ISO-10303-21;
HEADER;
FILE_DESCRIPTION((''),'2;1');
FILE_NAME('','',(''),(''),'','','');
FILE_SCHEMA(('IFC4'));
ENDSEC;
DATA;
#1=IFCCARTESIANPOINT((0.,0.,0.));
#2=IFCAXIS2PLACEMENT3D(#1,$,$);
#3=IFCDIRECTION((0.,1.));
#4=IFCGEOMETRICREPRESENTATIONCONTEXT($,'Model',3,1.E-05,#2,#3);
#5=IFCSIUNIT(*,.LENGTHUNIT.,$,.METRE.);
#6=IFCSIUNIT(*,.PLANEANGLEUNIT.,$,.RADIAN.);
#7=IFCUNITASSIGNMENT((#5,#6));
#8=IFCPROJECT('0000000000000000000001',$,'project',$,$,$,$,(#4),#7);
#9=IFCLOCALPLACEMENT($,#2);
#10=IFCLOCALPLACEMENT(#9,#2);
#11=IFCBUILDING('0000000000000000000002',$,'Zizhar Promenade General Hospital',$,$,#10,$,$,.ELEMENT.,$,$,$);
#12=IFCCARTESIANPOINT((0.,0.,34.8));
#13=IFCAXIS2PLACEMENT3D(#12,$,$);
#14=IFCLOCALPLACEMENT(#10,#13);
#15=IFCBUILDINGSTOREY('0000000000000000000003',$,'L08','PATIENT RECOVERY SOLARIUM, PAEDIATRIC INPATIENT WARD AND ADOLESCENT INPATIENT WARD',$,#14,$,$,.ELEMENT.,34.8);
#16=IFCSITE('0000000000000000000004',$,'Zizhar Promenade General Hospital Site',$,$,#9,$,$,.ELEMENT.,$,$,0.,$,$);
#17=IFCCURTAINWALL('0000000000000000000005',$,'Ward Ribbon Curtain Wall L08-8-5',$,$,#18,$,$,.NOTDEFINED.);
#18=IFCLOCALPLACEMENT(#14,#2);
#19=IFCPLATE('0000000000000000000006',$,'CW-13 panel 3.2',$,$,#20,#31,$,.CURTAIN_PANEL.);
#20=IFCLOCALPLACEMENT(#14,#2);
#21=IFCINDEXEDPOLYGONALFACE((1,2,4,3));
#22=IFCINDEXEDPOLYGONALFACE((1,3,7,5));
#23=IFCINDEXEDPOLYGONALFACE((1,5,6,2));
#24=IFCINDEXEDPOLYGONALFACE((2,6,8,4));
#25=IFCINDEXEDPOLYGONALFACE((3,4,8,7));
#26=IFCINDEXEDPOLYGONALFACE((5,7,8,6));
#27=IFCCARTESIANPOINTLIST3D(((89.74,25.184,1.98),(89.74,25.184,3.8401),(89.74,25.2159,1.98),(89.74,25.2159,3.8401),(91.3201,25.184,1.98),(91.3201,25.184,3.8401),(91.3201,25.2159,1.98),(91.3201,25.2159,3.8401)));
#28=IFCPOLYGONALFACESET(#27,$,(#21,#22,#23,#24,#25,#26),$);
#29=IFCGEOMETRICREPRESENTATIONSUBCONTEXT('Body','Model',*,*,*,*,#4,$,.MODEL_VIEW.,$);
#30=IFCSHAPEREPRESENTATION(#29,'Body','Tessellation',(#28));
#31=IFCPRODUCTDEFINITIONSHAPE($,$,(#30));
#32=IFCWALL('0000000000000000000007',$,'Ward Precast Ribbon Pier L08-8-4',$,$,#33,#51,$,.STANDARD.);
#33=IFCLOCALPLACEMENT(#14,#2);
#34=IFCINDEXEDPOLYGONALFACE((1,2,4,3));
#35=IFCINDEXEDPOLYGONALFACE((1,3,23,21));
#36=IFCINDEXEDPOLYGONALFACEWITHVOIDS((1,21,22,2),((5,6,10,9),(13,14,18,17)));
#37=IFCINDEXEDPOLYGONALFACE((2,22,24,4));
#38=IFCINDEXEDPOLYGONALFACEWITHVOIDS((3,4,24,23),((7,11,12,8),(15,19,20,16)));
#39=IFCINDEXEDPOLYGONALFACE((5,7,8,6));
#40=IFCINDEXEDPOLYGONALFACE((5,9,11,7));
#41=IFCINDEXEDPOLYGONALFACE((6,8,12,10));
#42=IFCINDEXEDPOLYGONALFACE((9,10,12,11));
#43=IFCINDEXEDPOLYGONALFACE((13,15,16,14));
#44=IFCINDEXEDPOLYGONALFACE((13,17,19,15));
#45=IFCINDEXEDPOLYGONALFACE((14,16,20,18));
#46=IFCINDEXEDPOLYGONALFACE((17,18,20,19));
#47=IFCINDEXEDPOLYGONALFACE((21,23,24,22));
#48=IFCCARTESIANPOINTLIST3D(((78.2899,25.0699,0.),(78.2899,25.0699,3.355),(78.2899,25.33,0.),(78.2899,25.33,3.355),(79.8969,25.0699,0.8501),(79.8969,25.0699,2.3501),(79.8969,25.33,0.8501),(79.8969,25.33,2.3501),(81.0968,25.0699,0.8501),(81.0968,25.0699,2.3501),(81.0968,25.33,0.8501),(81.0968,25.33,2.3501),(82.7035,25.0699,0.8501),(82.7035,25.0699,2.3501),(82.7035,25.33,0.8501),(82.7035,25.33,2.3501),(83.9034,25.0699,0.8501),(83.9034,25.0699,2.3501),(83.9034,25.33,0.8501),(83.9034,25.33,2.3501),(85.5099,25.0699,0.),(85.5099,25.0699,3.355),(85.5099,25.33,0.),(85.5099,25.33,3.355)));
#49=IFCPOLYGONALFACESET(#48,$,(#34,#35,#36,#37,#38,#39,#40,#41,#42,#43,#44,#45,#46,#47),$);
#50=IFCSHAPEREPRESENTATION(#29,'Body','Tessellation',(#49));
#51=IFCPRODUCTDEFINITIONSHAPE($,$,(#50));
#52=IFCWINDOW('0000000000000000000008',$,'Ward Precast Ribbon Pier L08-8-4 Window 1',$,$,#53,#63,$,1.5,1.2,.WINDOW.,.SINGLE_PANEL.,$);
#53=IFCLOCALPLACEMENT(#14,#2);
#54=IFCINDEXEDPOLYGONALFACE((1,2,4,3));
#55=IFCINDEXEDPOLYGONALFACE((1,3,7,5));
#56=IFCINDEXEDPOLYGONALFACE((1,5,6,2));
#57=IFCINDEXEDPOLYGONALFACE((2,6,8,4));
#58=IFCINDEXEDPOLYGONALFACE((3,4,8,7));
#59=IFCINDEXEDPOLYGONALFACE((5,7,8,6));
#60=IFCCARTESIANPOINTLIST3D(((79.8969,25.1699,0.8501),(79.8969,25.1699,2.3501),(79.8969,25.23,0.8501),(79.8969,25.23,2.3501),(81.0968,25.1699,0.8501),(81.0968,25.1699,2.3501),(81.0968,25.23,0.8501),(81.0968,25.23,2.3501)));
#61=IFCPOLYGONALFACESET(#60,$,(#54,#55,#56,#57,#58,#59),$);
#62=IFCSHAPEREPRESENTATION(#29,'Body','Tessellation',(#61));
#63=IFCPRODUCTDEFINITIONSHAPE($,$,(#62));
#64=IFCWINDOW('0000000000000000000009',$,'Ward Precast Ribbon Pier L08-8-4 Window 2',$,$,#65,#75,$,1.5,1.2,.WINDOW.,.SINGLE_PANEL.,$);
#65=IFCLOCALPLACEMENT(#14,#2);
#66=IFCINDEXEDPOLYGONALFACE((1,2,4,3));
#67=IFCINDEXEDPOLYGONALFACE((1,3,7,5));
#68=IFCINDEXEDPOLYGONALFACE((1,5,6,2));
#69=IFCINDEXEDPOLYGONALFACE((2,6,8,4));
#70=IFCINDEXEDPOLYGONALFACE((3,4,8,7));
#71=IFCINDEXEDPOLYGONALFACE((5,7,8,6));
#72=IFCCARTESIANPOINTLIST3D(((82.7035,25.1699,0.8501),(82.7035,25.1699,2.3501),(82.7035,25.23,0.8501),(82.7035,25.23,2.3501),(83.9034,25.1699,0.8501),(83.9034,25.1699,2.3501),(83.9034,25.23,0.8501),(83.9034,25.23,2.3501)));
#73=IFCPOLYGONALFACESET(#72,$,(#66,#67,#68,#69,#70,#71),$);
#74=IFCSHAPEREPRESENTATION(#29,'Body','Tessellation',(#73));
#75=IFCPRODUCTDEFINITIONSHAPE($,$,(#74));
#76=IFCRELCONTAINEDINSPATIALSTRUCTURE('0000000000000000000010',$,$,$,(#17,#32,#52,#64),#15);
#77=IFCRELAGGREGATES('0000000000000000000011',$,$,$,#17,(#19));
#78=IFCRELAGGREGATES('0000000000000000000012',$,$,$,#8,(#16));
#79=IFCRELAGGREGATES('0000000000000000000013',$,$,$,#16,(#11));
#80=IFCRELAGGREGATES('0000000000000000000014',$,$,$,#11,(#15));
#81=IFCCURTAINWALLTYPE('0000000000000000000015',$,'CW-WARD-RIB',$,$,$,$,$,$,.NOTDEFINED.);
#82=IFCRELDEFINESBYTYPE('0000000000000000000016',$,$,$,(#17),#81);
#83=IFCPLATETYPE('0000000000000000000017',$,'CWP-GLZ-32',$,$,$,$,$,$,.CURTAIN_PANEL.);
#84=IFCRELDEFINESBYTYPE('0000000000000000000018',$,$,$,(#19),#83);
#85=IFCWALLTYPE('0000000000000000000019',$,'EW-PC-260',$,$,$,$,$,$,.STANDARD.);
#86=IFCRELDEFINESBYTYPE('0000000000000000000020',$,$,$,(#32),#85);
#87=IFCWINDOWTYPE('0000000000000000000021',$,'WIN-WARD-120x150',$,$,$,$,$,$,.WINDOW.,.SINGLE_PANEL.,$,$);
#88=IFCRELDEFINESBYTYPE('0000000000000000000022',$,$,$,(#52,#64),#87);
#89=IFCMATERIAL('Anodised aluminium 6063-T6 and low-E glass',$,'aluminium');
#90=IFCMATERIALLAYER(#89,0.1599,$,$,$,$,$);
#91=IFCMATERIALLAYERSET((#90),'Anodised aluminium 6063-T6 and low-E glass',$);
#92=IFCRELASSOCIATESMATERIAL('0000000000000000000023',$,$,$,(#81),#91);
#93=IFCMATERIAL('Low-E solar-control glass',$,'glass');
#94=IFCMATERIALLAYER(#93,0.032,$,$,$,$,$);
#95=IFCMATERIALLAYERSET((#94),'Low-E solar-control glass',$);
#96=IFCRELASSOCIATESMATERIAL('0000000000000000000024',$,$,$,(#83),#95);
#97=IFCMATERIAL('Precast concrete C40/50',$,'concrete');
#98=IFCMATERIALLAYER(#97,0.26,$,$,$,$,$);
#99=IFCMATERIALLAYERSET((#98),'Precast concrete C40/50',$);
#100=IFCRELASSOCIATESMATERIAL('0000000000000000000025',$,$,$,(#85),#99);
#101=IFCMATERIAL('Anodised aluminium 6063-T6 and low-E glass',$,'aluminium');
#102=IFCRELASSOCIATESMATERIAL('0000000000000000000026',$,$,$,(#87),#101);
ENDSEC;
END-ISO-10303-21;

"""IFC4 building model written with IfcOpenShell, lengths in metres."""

from ifc_helpers import new_model, si_unit, direction, frame, frame_2d, origin, origin_2d, place, context, subcontext, project, spatial, rectangle, extrude, material, layer, layer_set, type_object, element, fill, aggregate, save


model = new_model("IFC4")

# Units and contexts
model_context = context("Model", 3, precision=1e-05, world=origin(), true_north=direction((0.0, 1.0)))
body_context = subcontext(model_context, "Body", "Model", "MODEL_VIEW")
ifc_project = project(units=[si_unit("LENGTHUNIT", "METRE"), si_unit("PLANEANGLEUNIT", "RADIAN")], contexts=[model_context])

# Site, building, storey
site_placement = place(None, origin())
site = spatial("IfcSite", under=ifc_project, at=site_placement, Name="Zizhar Promenade General Hospital Site", CompositionType="ELEMENT", RefElevation=0.0)
building_placement = place(site_placement, origin())
building = spatial("IfcBuilding", under=site, at=building_placement, Name="Zizhar Promenade General Hospital", CompositionType="ELEMENT")
storey_placement = place(building_placement, frame((0.0, 0.0, 34.8)))
storey = spatial("IfcBuildingStorey", under=building, at=storey_placement, Name="L08", Description="PATIENT RECOVERY SOLARIUM, PAEDIATRIC INPATIENT WARD AND ADOLESCENT INPATIENT WARD", CompositionType="ELEMENT", Elevation=34.8)

# Curtain wall, plate
ifc_material_1 = material(Name="Anodised aluminium 6063-T6 and low-E glass", Category="aluminium")
ifc_layer_1 = layer(ifc_material_1, 0.1599)
ifc_layer_set_1 = layer_set([ifc_layer_1], Name="Anodised aluminium 6063-T6 and low-E glass")
curtain_wall_type = type_object("IfcCurtainWallType", Name="CW-WARD-RIB", PredefinedType="NOTDEFINED", material=ifc_layer_set_1)
curtain_wall_placement = place(storey_placement, origin())
curtain_wall = element("IfcCurtainWall", 1, at=curtain_wall_placement, inside=storey, type_object=curtain_wall_type, Name="Ward Ribbon Curtain Wall L08-8-5", PredefinedType="NOTDEFINED")
ifc_material_2 = material(Name="Low-E solar-control glass", Category="glass")
ifc_layer_2 = layer(ifc_material_2, 0.032)
ifc_layer_set_2 = layer_set([ifc_layer_2], Name="Low-E solar-control glass")
plate_type = type_object("IfcPlateType", Name="CWP-GLZ-32", PredefinedType="CURTAIN_PANEL", material=ifc_layer_set_2)
plate_1_placement = place(storey_placement, frame((90.53, 25.2, 1.98), z_axis=(0.0, 0.0, 1.0), x_axis=(1.0, 0.0, 0.0)))
plate_1 = element("IfcPlate", 2, at=plate_1_placement, type_object=plate_type, Name="CW-13 panel 3.2", PredefinedType="CURTAIN_PANEL", context=body_context, shape_type="SweptSolid", body=[
    extrude(rectangle(XDim=1.5801, YDim=0.032, at=origin_2d()), origin(), (0.0, 0.0, 1.0), 1.8601),
])
aggregate(curtain_wall, [plate_1])

# Wall, openings, windows
ifc_material_3 = material(Name="Precast concrete C40/50", Category="concrete")
ifc_layer_3 = layer(ifc_material_3, 0.26)
ifc_layer_set_3 = layer_set([ifc_layer_3], Name="Precast concrete C40/50")
wall_type = type_object("IfcWallType", Name="EW-PC-260", PredefinedType="STANDARD", material=ifc_layer_set_3)
wall_placement = place(storey_placement, frame((78.29, 25.2, 0.0), z_axis=(0.0, 0.0, 1.0), x_axis=(1.0, 0.0, 0.0)))
wall = element("IfcWall", 3, at=wall_placement, inside=storey, type_object=wall_type, Name="Ward Precast Ribbon Pier L08-8-4", PredefinedType="STANDARD", context=body_context, shape_type="SweptSolid", body=[
    extrude(rectangle(XDim=7.22, YDim=0.26, at=frame_2d((3.6099, 0.0))), origin(), (0.0, 0.0, 1.0), 3.355),
])
opening_1_placement = place(wall_placement, frame((1.6067, 0.0, 0.8501)))
opening_1 = element("IfcOpeningElement", 4, at=opening_1_placement, cuts=wall, PredefinedType="OPENING", context=body_context, shape_type="SweptSolid", body=[
    extrude(rectangle(XDim=1.2, YDim=1.5, at=frame_2d((0.6001, 0.75))), frame((0.0, 0.1401, 0.0), z_axis=(0.0, -1.0, 0.0), x_axis=(1.0, 0.0, 0.0)), (0.0, 0.0, 1.0), 0.28),
])
opening_2_placement = place(wall_placement, frame((4.4133, 0.0, 0.8501)))
opening_2 = element("IfcOpeningElement", 5, at=opening_2_placement, cuts=wall, PredefinedType="OPENING", context=body_context, shape_type="SweptSolid", body=[
    extrude(rectangle(XDim=1.2, YDim=1.5, at=frame_2d((0.6001, 0.75))), frame((0.0, 0.1401, 0.0), z_axis=(0.0, -1.0, 0.0), x_axis=(1.0, 0.0, 0.0)), (0.0, 0.0, 1.0), 0.28),
])
ifc_material_4 = material(Name="Anodised aluminium 6063-T6 and low-E glass", Category="aluminium")
window_type = type_object("IfcWindowType", Name="WIN-WARD-120x150", PartitioningType="SINGLE_PANEL", PredefinedType="WINDOW", material=ifc_material_4)
window_1_placement = place(opening_1_placement, origin())
window_1 = element("IfcWindow", 6, at=window_1_placement, inside=storey, type_object=window_type, Name="Ward Precast Ribbon Pier L08-8-4 Window 1", OverallHeight=1.5, OverallWidth=1.2, PartitioningType="SINGLE_PANEL", PredefinedType="WINDOW", context=body_context, shape_type="SweptSolid", body=[
    extrude(rectangle(XDim=1.2, YDim=1.5, at=frame_2d((0.6001, 0.75))), frame((0.0, 0.03, 0.0), z_axis=(0.0, -1.0, 0.0), x_axis=(1.0, 0.0, 0.0)), (0.0, 0.0, 1.0), 0.0601),
])
fill(opening_1, window_1)
window_2_placement = place(opening_2_placement, origin())
window_2 = element("IfcWindow", 7, at=window_2_placement, inside=storey, type_object=window_type, Name="Ward Precast Ribbon Pier L08-8-4 Window 2", OverallHeight=1.5, OverallWidth=1.2, PartitioningType="SINGLE_PANEL", PredefinedType="WINDOW", context=body_context, shape_type="SweptSolid", body=[
    extrude(rectangle(XDim=1.2, YDim=1.5, at=frame_2d((0.6001, 0.75))), frame((0.0, 0.03, 0.0), z_axis=(0.0, -1.0, 0.0), x_axis=(1.0, 0.0, 0.0)), (0.0, 0.0, 1.0), 0.0601),
])
fill(opening_2, window_2)

save(model, "model.ifc")
